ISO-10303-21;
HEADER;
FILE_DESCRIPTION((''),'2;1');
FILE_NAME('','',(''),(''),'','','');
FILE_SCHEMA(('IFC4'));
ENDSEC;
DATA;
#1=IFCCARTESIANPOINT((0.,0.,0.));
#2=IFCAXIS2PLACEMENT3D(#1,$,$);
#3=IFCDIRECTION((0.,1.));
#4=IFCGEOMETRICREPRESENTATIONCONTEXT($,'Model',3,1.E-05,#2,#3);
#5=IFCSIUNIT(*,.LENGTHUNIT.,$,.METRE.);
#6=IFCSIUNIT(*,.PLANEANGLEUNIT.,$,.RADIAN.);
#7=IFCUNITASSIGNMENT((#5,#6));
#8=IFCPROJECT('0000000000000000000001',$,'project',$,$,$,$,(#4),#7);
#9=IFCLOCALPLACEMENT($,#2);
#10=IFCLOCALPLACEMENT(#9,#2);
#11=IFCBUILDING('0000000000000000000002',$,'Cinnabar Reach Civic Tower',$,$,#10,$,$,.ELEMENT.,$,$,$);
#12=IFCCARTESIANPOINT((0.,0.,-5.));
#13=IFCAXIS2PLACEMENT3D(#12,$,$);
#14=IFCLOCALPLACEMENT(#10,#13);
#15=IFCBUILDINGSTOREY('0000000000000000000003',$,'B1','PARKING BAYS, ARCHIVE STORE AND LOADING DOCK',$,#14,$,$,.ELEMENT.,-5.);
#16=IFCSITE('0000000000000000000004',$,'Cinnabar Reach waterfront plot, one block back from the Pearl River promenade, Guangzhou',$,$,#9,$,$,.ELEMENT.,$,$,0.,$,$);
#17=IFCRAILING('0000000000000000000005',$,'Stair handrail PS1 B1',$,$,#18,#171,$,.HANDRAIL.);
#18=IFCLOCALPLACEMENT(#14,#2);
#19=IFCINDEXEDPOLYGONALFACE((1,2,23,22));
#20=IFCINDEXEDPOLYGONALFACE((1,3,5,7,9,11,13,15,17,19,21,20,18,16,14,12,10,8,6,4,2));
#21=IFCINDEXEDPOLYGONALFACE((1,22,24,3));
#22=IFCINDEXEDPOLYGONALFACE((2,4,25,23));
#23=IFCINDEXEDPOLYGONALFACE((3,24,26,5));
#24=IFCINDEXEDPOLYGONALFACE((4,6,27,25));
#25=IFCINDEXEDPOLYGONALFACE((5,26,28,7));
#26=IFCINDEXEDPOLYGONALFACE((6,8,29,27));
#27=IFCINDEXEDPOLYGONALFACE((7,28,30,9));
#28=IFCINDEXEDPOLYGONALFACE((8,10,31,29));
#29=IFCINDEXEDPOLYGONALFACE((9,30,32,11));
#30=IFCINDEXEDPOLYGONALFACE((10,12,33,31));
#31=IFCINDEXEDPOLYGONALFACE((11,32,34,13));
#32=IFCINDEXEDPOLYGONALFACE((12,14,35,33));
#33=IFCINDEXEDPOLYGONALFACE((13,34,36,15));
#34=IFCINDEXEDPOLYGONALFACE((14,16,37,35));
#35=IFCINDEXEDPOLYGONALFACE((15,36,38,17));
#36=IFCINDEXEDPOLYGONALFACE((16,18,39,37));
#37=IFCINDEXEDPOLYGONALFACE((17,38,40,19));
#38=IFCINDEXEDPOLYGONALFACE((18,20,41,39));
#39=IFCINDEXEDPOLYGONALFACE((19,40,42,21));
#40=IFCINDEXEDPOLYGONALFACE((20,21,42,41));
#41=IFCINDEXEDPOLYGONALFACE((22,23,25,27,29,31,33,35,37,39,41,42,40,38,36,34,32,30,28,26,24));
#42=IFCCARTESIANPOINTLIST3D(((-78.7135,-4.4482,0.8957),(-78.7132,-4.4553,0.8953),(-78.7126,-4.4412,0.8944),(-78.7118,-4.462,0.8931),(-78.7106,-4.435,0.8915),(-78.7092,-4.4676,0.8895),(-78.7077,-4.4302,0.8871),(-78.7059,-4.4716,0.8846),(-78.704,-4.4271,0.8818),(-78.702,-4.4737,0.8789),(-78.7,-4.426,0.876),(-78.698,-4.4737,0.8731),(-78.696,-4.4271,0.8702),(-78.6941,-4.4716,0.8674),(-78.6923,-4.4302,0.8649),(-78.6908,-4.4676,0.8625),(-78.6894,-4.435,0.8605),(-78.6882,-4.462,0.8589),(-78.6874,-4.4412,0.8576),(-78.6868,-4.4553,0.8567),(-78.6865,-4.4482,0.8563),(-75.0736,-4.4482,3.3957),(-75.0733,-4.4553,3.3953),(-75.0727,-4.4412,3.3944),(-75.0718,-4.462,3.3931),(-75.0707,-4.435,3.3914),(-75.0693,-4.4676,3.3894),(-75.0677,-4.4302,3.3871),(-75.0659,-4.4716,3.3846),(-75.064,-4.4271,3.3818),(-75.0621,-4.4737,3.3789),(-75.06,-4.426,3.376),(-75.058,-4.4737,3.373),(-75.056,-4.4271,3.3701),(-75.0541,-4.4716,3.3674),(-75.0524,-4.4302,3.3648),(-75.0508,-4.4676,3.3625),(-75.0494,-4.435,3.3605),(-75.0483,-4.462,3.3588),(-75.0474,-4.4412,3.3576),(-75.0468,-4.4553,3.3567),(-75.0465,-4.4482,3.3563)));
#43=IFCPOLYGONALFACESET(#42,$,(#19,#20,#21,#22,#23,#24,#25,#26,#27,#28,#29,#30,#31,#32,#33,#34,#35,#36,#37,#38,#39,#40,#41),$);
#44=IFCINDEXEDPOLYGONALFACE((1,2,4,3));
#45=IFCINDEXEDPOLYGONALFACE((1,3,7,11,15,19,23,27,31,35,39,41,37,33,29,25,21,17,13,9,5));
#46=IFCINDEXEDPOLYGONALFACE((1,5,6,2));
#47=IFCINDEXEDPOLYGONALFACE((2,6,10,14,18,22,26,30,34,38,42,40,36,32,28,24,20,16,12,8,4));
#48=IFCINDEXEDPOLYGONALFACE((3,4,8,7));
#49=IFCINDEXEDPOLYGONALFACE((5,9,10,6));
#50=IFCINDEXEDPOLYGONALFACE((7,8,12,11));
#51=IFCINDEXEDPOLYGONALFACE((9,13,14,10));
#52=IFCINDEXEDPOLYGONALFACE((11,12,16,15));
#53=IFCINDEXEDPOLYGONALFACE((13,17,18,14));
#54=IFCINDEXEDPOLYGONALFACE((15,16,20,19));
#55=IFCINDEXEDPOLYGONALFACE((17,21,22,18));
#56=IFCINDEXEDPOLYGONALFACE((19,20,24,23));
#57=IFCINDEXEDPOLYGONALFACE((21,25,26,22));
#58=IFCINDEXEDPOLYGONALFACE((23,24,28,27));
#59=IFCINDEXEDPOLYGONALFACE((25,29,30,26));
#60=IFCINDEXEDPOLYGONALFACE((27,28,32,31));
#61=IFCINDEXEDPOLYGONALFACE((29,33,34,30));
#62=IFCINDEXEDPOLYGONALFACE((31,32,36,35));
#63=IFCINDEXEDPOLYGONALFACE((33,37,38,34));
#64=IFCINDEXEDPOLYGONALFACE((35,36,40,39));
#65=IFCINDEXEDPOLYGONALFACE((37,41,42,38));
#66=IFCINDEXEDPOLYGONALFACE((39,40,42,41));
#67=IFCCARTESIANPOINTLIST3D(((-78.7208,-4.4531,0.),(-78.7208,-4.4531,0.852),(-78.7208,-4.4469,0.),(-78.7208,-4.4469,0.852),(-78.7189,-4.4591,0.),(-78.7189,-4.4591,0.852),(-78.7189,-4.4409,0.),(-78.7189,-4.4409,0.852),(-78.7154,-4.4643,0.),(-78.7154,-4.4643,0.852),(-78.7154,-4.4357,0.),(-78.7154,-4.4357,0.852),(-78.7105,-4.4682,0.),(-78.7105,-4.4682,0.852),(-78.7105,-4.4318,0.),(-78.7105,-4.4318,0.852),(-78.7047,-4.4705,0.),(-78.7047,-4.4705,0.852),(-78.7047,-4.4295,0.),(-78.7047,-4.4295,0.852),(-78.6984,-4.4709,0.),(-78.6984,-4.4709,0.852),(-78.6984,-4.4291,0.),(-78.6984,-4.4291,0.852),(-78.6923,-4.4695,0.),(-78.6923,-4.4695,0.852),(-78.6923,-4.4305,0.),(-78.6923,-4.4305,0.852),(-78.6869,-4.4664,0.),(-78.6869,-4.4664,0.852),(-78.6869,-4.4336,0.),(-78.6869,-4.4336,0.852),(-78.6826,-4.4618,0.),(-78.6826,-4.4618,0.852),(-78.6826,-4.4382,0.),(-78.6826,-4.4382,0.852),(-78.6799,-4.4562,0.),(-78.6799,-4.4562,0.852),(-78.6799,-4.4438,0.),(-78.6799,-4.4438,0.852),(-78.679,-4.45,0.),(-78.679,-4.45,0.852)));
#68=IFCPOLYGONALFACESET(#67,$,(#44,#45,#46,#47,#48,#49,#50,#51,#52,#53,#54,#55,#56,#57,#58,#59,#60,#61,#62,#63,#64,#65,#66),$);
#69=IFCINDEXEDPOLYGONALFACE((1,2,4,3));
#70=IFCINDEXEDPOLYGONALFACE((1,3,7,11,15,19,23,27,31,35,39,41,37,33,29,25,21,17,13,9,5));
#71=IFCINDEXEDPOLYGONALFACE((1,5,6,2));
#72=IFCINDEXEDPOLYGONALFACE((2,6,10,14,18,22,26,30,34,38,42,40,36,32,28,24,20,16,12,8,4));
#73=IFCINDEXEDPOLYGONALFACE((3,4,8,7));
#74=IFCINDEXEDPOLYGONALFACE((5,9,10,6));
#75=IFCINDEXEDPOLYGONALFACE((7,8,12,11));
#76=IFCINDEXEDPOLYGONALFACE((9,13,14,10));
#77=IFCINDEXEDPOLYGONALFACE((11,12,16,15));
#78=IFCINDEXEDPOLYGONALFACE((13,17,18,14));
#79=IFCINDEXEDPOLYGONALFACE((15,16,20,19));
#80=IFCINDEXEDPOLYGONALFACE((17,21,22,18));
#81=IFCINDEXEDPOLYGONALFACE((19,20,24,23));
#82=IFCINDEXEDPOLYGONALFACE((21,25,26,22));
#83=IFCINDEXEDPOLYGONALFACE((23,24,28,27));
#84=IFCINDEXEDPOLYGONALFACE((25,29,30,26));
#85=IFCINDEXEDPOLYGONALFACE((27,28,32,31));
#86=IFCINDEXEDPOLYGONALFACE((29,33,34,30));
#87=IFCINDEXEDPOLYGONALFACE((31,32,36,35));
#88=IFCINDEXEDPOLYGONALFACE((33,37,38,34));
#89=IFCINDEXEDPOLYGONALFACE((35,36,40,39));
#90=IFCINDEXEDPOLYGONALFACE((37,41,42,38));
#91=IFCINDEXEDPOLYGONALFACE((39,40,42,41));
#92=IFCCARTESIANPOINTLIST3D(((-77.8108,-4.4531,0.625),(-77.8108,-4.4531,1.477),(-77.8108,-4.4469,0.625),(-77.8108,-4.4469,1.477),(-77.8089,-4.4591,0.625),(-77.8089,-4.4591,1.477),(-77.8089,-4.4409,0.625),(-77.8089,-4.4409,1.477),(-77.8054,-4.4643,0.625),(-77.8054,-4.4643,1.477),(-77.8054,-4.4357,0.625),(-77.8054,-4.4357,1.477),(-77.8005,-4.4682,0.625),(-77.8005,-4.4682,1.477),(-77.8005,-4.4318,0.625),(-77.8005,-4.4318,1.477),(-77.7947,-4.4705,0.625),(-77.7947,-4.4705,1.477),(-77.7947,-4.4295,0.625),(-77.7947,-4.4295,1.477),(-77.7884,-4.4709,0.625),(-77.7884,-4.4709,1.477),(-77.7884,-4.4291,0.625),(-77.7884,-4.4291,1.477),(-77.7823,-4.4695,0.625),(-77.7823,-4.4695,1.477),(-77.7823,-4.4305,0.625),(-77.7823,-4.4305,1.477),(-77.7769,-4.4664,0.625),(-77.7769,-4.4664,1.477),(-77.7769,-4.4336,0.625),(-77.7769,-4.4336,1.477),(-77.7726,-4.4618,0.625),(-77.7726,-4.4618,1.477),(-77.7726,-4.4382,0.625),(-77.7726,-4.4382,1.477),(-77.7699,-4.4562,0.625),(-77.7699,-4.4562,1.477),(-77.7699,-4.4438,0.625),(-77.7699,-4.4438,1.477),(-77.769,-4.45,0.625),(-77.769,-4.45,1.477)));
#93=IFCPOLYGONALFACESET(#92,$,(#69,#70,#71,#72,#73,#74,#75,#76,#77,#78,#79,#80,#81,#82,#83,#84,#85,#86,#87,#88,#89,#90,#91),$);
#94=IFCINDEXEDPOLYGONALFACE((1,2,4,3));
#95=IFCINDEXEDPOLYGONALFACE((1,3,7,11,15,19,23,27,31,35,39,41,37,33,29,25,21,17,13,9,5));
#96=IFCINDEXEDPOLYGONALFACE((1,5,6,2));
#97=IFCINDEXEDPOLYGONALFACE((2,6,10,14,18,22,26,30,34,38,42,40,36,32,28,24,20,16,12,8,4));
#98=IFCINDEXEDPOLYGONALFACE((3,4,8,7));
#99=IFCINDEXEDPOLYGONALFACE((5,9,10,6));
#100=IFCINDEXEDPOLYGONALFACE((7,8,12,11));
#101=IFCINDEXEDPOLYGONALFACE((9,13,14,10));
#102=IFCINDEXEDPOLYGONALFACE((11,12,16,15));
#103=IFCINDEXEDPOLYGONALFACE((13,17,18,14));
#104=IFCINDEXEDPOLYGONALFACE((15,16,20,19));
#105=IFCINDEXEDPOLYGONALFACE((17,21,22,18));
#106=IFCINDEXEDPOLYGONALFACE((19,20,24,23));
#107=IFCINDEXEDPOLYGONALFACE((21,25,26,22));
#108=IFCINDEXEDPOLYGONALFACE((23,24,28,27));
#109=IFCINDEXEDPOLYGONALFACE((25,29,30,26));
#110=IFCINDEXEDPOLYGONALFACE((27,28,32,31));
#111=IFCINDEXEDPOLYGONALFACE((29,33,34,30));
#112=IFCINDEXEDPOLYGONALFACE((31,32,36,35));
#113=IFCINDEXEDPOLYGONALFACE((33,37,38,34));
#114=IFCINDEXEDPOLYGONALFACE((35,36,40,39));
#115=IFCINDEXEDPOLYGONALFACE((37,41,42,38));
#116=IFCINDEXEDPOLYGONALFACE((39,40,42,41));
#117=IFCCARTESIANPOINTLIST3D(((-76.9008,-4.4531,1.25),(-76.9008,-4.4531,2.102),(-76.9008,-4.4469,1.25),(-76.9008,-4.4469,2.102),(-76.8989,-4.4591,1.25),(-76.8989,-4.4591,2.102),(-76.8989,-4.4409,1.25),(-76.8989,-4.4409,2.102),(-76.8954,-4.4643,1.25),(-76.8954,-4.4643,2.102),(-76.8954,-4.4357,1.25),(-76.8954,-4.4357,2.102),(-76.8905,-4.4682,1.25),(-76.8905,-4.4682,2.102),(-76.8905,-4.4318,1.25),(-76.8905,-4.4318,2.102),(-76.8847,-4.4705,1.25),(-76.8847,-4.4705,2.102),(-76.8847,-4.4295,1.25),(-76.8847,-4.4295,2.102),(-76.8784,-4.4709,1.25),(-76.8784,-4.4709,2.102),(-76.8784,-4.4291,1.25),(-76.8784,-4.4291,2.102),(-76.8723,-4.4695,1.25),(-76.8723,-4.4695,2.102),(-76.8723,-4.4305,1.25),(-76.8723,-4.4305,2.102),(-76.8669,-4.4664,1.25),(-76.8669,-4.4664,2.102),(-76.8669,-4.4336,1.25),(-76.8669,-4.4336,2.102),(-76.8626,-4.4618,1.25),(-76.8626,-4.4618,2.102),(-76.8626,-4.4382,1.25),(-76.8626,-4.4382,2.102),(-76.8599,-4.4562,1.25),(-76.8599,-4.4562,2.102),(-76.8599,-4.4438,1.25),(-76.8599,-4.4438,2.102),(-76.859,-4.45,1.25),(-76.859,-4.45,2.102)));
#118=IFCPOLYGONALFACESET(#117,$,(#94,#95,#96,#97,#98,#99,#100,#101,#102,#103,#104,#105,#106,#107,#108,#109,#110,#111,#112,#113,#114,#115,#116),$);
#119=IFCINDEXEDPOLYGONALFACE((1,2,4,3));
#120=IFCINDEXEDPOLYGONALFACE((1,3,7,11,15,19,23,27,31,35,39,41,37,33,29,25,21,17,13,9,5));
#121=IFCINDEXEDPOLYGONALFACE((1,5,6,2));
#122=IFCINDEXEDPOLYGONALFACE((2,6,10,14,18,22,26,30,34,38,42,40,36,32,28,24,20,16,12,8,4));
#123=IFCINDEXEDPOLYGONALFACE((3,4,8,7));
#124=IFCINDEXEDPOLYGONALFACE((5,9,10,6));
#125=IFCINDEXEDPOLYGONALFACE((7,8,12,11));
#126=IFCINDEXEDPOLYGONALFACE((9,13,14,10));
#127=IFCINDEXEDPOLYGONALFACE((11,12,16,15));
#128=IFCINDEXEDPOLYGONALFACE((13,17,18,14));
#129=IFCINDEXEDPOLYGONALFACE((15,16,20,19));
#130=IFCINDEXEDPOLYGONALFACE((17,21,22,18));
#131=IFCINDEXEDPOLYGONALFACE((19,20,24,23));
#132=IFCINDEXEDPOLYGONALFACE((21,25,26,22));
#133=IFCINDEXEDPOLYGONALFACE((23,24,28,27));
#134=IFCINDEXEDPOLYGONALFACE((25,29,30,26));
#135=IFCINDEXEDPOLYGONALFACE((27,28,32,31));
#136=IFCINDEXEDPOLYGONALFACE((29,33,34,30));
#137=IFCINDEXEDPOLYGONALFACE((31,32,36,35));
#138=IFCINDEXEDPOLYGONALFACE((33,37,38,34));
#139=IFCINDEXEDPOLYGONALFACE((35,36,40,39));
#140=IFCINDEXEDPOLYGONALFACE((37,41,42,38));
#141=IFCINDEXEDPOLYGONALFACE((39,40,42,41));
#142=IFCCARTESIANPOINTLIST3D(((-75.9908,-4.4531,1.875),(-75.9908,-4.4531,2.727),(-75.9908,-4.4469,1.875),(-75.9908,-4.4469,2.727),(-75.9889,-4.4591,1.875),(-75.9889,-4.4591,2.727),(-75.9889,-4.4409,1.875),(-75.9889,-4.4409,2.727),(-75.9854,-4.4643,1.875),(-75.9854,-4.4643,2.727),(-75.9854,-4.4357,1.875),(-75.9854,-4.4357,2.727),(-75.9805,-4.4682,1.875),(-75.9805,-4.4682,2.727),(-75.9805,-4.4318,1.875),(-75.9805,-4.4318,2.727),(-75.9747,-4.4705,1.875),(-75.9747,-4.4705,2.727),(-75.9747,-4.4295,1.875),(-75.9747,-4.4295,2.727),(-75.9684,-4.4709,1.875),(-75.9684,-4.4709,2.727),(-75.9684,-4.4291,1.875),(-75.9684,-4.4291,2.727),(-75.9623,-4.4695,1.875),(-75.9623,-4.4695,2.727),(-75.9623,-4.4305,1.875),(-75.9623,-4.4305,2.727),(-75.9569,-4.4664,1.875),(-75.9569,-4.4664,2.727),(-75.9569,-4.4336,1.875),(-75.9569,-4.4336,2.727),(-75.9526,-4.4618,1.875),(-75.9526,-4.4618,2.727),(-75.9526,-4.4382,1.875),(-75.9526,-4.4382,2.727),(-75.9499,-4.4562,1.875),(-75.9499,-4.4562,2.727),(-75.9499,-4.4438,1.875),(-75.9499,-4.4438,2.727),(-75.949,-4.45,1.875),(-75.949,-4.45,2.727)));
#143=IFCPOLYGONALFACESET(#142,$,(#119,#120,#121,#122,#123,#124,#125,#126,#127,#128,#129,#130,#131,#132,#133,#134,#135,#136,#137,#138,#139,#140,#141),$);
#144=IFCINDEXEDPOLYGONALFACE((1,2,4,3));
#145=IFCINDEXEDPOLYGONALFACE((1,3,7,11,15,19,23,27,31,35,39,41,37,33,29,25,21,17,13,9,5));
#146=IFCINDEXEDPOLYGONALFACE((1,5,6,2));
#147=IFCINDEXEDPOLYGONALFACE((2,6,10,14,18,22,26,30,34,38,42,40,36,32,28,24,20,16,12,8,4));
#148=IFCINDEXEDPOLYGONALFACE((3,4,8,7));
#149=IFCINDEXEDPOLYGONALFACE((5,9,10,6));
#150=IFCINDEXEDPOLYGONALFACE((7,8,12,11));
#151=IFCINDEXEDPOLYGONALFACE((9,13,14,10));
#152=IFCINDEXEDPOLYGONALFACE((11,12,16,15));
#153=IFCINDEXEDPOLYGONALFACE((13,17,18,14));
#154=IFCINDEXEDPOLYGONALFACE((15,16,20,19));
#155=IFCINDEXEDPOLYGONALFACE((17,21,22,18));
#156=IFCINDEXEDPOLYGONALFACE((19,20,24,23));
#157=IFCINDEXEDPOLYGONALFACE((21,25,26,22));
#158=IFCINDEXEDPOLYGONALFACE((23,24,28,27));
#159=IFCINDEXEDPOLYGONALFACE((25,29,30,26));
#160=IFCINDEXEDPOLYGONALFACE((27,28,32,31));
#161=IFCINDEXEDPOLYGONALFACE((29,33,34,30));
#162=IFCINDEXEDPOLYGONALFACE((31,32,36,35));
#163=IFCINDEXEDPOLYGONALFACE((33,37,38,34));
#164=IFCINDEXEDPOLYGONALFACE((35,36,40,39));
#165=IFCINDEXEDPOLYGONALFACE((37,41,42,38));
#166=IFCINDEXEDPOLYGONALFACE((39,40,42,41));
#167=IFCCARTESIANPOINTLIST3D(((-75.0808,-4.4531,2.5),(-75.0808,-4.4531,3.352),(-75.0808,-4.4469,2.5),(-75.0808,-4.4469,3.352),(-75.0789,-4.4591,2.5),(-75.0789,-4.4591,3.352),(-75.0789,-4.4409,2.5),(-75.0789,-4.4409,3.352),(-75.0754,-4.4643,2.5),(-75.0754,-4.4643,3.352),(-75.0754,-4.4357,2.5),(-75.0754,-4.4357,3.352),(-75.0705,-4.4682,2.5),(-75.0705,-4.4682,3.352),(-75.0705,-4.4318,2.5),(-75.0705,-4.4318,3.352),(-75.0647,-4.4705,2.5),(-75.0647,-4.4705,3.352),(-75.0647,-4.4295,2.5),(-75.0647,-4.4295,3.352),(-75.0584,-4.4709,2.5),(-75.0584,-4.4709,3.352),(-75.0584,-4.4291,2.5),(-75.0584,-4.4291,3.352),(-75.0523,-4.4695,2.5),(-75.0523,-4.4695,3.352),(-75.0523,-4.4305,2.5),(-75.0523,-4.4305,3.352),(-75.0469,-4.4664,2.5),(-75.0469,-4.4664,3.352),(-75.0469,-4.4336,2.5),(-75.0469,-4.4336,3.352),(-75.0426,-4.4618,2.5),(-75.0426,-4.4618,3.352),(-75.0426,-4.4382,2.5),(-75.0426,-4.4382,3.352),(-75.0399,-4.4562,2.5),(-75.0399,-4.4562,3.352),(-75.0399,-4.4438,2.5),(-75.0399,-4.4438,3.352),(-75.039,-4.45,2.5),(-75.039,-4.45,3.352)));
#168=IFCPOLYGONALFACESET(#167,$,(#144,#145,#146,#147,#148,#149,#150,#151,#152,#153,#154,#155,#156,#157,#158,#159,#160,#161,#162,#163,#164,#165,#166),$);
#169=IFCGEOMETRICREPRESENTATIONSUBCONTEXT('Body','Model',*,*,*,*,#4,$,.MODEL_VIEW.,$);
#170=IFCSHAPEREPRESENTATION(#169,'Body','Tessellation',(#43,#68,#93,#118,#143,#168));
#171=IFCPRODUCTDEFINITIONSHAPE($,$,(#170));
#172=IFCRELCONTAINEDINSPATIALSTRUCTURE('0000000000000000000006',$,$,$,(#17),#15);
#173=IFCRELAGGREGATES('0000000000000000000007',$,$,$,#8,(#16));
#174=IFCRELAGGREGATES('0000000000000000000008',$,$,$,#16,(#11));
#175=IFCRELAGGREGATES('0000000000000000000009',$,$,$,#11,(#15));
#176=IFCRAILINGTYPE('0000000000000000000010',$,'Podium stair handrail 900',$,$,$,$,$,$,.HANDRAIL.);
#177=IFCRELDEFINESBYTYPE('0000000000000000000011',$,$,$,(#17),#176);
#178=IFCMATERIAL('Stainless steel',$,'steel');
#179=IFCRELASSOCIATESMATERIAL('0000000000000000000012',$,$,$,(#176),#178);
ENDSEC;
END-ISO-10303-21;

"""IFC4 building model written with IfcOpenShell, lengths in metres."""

from ifc_helpers import new_model, si_unit, direction, frame, origin, origin_2d, place, context, subcontext, project, spatial, circle, extrude, material, type_object, element, save


model = new_model("IFC4")

# Units and contexts
model_context = context("Model", 3, precision=1e-05, world=origin(), true_north=direction((0.0, 1.0)))
body_context = subcontext(model_context, "Body", "Model", "MODEL_VIEW")
ifc_project = project(units=[si_unit("LENGTHUNIT", "METRE"), si_unit("PLANEANGLEUNIT", "RADIAN")], contexts=[model_context])

# Site, building, storey
site_placement = place(None, origin())
site = spatial("IfcSite", under=ifc_project, at=site_placement, Name="Cinnabar Reach waterfront plot, one block back from the Pearl River promenade, Guangzhou", CompositionType="ELEMENT", RefElevation=0.0)
building_placement = place(site_placement, origin())
building = spatial("IfcBuilding", under=site, at=building_placement, Name="Cinnabar Reach Civic Tower", CompositionType="ELEMENT")
storey_placement = place(building_placement, frame((0.0, 0.0, -5.0)))
storey = spatial("IfcBuildingStorey", under=building, at=storey_placement, Name="B1", Description="PARKING BAYS, ARCHIVE STORE AND LOADING DOCK", CompositionType="ELEMENT", Elevation=-5.0)

# Railing
ifc_material_1 = material(Name="Stainless steel", Category="steel")
railing_type_1 = type_object("IfcRailingType", Name="Podium stair handrail 900", PredefinedType="HANDRAIL", material=ifc_material_1)
railing_1_placement = place(storey_placement, frame((-78.7, -4.45, 0.0)))
element("IfcRailing", 1, at=railing_1_placement, inside=storey, type_object=railing_type_1, Name="Stair handrail PS1 B1", PredefinedType="HANDRAIL", context=body_context, shape_type="SweptSolid", body=[
    extrude(circle(Radius=0.024, at=origin_2d()), frame((0.0, 0.0, 0.876), z_axis=(0.824306, 0.0, 0.566144), x_axis=(0.0, 1.0, 0.0)), (0.0, 0.0, 1.0), 4.4158),
    extrude(circle(Radius=0.021, at=origin_2d()), origin(), (0.0, 0.0, 1.0), 0.852),
    extrude(circle(Radius=0.021, at=origin_2d()), frame((0.91, 0.0, 0.625)), (0.0, 0.0, 1.0), 0.852),
    extrude(circle(Radius=0.021, at=origin_2d()), frame((1.82, 0.0, 1.25)), (0.0, 0.0, 1.0), 0.852),
    extrude(circle(Radius=0.021, at=origin_2d()), frame((2.73, 0.0, 1.875)), (0.0, 0.0, 1.0), 0.852),
    extrude(circle(Radius=0.021, at=origin_2d()), frame((3.64, 0.0, 2.5)), (0.0, 0.0, 1.0), 0.852),
])

save(model, "model.ifc")
